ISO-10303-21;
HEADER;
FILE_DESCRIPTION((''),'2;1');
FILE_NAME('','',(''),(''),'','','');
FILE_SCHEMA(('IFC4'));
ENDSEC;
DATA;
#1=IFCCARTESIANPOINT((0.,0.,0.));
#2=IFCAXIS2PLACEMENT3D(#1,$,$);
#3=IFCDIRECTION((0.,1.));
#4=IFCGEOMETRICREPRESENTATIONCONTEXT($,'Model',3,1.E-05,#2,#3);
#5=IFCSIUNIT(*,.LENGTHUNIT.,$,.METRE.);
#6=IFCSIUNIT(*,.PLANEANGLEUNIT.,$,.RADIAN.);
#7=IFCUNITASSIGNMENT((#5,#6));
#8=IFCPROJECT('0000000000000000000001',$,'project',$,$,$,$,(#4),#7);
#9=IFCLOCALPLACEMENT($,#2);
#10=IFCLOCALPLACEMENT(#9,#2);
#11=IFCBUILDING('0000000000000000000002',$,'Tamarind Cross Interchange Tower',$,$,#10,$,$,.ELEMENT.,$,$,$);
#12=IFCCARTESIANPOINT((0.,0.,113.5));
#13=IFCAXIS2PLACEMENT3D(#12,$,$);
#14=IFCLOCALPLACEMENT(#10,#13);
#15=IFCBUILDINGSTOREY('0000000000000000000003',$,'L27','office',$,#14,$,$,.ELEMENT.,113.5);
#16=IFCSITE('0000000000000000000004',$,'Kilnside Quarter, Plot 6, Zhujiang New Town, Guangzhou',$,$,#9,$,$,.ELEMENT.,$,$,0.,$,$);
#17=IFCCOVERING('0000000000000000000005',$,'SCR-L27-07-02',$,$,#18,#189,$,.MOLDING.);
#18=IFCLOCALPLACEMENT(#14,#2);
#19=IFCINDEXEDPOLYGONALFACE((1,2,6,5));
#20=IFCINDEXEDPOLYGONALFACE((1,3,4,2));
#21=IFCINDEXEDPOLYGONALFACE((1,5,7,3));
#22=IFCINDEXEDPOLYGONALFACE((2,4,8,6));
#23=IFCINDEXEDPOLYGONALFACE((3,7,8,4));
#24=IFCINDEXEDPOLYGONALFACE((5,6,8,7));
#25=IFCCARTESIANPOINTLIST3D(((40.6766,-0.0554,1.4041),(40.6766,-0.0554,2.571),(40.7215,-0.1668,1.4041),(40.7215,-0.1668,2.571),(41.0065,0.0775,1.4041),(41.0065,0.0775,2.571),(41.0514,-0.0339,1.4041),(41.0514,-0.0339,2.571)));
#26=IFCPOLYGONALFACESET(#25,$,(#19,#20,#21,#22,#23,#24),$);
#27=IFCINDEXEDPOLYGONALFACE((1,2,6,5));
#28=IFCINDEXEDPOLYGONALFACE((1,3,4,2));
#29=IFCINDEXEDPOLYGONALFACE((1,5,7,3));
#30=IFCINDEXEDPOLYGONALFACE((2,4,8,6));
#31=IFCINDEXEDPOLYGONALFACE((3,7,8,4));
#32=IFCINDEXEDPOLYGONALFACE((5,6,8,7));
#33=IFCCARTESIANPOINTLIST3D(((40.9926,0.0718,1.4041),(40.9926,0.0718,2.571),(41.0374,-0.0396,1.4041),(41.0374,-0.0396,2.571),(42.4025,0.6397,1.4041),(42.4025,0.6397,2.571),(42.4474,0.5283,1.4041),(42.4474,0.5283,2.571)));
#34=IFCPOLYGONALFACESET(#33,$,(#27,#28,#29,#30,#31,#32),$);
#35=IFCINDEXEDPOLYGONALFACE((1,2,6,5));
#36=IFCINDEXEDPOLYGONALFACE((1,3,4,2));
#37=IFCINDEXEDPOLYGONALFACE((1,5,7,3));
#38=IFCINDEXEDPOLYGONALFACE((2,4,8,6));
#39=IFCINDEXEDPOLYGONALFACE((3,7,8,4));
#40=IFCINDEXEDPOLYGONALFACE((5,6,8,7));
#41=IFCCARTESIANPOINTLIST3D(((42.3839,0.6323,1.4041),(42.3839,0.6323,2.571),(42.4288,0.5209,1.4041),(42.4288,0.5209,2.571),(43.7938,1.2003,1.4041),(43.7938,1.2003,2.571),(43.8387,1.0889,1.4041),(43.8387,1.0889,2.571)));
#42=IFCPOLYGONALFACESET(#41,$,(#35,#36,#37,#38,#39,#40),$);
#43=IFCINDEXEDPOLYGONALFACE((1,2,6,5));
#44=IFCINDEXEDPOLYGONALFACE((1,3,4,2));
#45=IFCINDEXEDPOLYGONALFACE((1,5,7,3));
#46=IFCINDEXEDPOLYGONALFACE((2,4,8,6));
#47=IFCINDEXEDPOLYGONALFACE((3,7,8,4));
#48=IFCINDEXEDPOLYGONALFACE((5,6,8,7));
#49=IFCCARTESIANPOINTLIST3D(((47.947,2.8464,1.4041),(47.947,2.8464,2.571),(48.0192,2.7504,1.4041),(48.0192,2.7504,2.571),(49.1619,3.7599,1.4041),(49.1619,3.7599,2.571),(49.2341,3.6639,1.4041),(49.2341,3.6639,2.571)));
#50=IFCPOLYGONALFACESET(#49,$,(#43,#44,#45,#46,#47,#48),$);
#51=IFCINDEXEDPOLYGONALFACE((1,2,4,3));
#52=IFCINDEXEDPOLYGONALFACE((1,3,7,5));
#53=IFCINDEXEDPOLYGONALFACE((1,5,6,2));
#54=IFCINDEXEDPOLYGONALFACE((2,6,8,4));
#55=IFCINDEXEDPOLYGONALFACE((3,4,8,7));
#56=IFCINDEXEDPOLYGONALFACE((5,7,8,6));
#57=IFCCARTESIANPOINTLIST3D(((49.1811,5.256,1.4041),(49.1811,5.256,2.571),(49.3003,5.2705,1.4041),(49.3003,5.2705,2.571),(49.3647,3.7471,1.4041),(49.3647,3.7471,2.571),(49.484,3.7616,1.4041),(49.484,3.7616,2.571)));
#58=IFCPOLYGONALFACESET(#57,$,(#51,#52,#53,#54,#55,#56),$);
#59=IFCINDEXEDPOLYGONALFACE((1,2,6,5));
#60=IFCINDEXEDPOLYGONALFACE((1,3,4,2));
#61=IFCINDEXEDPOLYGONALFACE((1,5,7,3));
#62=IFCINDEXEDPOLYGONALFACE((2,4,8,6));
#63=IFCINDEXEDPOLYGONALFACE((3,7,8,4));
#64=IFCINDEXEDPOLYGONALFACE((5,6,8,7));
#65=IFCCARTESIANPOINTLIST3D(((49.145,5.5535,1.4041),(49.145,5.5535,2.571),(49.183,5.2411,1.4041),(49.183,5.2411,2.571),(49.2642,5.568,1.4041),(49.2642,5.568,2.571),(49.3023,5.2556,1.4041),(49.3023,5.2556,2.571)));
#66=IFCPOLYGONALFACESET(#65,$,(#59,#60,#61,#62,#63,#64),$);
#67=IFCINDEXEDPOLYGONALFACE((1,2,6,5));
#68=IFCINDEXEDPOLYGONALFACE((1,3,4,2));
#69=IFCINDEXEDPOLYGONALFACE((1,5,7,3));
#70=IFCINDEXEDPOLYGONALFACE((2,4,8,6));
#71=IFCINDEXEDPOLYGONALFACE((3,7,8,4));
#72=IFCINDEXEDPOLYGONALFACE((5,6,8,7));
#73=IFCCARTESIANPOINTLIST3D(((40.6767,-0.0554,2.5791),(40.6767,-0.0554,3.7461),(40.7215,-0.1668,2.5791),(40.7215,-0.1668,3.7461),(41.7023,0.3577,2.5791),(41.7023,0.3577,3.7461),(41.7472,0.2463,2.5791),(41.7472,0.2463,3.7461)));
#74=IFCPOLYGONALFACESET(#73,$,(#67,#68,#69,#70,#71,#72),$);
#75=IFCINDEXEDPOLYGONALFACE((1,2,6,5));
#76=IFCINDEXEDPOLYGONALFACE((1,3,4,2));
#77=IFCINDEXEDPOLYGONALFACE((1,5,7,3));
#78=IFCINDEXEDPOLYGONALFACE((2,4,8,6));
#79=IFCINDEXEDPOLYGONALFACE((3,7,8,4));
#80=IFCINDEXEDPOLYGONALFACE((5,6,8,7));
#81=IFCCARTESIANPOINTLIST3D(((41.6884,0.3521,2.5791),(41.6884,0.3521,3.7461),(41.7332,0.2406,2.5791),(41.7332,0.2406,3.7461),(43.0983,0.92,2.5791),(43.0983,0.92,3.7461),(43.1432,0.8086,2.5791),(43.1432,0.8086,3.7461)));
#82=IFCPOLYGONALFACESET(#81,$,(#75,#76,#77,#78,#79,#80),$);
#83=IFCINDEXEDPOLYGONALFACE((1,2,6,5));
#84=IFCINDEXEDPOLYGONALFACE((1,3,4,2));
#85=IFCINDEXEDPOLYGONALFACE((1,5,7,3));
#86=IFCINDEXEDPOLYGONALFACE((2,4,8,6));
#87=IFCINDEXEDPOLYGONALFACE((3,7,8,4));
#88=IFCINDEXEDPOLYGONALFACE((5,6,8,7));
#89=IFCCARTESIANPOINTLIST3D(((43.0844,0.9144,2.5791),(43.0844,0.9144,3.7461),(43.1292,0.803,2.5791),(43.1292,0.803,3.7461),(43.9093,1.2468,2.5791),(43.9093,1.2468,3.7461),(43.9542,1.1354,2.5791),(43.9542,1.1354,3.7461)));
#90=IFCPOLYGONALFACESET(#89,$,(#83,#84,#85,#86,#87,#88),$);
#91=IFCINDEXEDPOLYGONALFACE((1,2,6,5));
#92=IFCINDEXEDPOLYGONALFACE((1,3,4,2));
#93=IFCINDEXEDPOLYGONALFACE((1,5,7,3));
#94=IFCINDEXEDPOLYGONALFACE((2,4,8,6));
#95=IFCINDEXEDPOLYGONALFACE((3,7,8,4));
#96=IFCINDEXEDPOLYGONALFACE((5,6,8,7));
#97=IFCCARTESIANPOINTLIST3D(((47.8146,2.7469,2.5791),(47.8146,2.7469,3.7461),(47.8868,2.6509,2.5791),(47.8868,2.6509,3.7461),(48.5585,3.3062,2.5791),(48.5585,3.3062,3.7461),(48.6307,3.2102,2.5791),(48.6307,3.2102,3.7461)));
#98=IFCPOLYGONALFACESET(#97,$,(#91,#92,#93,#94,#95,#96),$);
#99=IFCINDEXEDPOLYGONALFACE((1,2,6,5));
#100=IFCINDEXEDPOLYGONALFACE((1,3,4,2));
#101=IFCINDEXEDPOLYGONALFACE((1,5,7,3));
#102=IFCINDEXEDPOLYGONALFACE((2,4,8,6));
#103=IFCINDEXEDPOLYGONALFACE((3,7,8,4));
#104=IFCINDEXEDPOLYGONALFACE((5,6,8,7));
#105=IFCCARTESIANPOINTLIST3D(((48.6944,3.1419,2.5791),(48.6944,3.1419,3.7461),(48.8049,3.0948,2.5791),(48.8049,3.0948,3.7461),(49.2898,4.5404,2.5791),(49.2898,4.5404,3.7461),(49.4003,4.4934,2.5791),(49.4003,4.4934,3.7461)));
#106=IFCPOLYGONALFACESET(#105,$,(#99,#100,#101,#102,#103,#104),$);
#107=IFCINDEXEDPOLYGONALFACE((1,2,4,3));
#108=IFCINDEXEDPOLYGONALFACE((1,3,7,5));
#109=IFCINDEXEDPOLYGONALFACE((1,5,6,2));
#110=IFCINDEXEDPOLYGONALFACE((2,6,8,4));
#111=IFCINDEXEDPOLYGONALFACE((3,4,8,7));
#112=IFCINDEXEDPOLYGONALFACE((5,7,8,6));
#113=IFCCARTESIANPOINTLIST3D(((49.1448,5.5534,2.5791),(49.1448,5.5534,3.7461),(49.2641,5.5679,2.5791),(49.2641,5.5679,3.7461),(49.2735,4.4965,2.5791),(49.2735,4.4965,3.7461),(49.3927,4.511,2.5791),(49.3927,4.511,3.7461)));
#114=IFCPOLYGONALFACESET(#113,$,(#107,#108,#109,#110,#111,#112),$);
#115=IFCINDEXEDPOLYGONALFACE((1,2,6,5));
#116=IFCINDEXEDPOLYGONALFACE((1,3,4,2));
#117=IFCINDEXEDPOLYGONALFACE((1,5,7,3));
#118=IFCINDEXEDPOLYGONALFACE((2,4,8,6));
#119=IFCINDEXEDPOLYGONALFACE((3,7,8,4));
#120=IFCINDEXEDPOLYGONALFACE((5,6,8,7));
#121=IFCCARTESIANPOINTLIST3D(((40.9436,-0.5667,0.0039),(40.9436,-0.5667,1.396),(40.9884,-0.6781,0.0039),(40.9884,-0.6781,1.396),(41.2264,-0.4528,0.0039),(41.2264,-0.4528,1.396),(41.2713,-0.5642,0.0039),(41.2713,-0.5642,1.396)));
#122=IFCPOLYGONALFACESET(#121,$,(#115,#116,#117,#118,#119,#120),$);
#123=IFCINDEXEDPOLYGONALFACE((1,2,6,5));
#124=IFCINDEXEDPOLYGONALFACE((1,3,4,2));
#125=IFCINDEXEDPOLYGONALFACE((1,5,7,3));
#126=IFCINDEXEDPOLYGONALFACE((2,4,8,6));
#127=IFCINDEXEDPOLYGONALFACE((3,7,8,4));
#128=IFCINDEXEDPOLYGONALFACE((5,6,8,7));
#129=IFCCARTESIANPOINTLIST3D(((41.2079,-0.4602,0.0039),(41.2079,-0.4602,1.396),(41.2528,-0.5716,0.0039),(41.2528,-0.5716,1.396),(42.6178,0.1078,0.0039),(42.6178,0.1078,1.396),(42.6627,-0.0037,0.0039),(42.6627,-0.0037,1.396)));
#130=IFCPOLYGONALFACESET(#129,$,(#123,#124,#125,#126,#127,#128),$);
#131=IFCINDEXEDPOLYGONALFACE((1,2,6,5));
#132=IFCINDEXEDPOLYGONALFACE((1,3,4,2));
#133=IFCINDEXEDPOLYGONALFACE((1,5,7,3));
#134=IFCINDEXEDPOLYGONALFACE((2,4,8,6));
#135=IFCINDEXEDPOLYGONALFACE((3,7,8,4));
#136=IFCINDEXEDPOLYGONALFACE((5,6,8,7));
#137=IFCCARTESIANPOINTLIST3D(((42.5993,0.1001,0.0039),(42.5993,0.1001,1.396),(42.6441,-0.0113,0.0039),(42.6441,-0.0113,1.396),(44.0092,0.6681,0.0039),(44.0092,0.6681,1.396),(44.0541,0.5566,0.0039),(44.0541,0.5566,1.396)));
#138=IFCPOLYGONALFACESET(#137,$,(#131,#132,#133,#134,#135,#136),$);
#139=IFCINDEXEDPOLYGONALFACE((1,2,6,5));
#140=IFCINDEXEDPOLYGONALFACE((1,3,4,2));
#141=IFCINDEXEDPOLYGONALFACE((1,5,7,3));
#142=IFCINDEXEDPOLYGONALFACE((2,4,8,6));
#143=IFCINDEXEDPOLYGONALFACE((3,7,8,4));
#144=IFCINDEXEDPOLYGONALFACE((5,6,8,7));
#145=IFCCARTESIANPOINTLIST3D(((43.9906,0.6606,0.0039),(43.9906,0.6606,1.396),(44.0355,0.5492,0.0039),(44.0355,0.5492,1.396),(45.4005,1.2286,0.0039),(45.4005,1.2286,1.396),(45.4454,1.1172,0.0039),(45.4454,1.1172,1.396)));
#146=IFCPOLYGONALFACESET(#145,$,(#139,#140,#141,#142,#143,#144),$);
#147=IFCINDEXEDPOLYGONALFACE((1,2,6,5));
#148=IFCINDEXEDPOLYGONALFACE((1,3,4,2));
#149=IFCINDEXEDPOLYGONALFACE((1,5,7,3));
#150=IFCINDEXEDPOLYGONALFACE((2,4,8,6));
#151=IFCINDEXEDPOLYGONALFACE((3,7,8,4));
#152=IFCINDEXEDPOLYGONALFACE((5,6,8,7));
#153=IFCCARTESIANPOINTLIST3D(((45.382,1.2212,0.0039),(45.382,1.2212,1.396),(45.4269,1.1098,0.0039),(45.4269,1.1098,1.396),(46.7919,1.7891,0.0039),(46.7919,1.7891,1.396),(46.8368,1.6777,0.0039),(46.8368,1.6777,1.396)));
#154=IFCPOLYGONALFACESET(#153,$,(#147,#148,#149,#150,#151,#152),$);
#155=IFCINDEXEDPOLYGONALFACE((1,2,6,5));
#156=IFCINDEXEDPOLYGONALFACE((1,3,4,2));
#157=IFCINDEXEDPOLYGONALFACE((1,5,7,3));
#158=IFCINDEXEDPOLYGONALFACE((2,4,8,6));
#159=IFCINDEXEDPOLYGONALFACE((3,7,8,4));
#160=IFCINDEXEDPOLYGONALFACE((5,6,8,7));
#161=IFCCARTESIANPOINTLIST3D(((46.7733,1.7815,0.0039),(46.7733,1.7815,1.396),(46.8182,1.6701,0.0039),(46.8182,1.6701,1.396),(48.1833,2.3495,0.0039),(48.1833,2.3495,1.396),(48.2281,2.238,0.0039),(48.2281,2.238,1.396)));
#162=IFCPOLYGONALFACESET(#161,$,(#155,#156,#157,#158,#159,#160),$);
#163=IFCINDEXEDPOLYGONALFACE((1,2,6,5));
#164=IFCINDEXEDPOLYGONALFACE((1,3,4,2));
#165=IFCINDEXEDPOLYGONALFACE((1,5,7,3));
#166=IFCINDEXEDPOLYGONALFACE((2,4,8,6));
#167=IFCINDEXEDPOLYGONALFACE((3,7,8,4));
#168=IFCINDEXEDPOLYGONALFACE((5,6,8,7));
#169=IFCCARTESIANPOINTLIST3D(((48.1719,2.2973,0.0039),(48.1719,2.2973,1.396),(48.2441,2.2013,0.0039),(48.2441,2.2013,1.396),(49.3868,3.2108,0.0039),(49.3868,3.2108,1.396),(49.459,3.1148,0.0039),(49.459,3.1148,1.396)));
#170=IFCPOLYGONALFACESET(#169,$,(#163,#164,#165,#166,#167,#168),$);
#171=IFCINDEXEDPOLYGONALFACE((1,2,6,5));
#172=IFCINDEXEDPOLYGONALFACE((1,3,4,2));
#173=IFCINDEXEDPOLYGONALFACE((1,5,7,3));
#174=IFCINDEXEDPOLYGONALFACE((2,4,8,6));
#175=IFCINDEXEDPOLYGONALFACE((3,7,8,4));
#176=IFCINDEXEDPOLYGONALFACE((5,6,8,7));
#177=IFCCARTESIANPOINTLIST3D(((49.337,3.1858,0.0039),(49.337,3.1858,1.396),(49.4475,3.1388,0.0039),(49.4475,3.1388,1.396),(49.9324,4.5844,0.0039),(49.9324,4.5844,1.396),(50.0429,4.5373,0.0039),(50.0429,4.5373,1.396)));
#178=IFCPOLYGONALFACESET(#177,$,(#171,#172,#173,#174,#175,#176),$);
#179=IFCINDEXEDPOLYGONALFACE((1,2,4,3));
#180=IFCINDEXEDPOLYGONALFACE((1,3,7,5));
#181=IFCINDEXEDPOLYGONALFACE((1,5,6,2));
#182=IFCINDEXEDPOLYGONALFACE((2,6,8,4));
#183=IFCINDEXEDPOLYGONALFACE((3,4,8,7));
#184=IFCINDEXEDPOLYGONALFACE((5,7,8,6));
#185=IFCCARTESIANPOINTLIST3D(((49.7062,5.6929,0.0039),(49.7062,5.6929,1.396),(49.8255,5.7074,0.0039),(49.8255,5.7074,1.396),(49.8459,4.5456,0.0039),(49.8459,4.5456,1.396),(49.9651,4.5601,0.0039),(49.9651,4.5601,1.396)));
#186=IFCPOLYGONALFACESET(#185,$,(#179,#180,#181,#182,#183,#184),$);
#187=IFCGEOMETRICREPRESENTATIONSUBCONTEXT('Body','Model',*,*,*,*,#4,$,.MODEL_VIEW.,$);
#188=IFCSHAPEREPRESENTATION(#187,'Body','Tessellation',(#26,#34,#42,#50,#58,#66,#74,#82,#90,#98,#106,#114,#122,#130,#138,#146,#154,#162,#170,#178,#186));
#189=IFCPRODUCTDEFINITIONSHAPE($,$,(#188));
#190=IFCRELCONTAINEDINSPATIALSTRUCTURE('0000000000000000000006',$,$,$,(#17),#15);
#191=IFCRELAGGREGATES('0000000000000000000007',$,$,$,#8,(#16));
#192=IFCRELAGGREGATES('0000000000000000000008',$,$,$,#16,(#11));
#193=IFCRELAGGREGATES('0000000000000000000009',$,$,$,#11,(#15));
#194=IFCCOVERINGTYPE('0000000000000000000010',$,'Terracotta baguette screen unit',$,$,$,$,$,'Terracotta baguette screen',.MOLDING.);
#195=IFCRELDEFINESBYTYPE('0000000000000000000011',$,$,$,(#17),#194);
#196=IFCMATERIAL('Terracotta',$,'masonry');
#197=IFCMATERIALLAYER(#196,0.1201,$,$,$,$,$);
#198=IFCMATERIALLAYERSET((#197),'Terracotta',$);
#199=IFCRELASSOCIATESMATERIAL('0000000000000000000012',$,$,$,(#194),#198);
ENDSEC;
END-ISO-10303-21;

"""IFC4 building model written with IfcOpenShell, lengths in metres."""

from ifc_helpers import new_model, si_unit, direction, frame, origin, origin_2d, place, context, subcontext, project, spatial, rectangle, extrude, material, layer, layer_set, type_object, element, save


model = new_model("IFC4")

# Units and contexts
model_context = context("Model", 3, precision=1e-05, world=origin(), true_north=direction((0.0, 1.0)))
body_context = subcontext(model_context, "Body", "Model", "MODEL_VIEW")
ifc_project = project(units=[si_unit("LENGTHUNIT", "METRE"), si_unit("PLANEANGLEUNIT", "RADIAN")], contexts=[model_context])

# Site, building, storey
site_placement = place(None, origin())
site = spatial("IfcSite", under=ifc_project, at=site_placement, Name="Kilnside Quarter, Plot 6, Zhujiang New Town, Guangzhou", CompositionType="ELEMENT", RefElevation=0.0)
building_placement = place(site_placement, origin())
building = spatial("IfcBuilding", under=site, at=building_placement, Name="Tamarind Cross Interchange Tower", CompositionType="ELEMENT")
storey_placement = place(building_placement, frame((0.0, 0.0, 113.5)))
storey = spatial("IfcBuildingStorey", under=building, at=storey_placement, Name="L27", Description="office", CompositionType="ELEMENT", Elevation=113.5)

# Covering
ifc_material_1 = material(Name="Terracotta", Category="masonry")
ifc_layer_1 = layer(ifc_material_1, 0.1201)
ifc_layer_set_1 = layer_set([ifc_layer_1], Name="Terracotta")
covering_type = type_object("IfcCoveringType", Name="Terracotta baguette screen unit", ElementType="Terracotta baguette screen", PredefinedType="MOLDING", material=ifc_layer_set_1)
covering_1_placement = place(storey_placement, origin())
element("IfcCovering", 1, at=covering_1_placement, inside=storey, type_object=covering_type, Name="SCR-L27-07-02", PredefinedType="MOLDING", context=body_context, shape_type="SweptSolid", body=[
    extrude(rectangle(XDim=0.3557, YDim=0.1201, at=origin_2d()), frame((40.864, -0.0447, 1.4041), z_axis=(0.0, 0.0, 1.0), x_axis=(0.92757, 0.373648, 0.0)), (0.0, 0.0, 1.0), 1.167),
    extrude(rectangle(XDim=1.52, YDim=0.1201, at=origin_2d()), frame((41.72, 0.3, 1.4041), z_axis=(0.0, 0.0, 1.0), x_axis=(0.92757, 0.373648, 0.0)), (0.0, 0.0, 1.0), 1.167),
    extrude(rectangle(XDim=1.52, YDim=0.1201, at=origin_2d()), frame((43.1113, 0.8606, 1.4041), z_axis=(0.0, 0.0, 1.0), x_axis=(0.92757, 0.373648, 0.0)), (0.0, 0.0, 1.0), 1.167),
    extrude(rectangle(XDim=1.52, YDim=0.1201, at=origin_2d()), frame((48.5906, 3.2551, 1.4041), z_axis=(0.0, 0.0, 1.0), x_axis=(0.799257, 0.60099, 0.0)), (0.0, 0.0, 1.0), 1.167),
    extrude(rectangle(XDim=1.52, YDim=0.1201, at=origin_2d()), frame((49.3325, 4.5088, 1.4041), z_axis=(0.0, 0.0, 1.0), x_axis=(-0.120844, 0.992672, 0.0)), (0.0, 0.0, 1.0), 1.167),
    extrude(rectangle(XDim=0.3147, YDim=0.1201, at=origin_2d()), frame((49.2236, 5.4045, 1.4041), z_axis=(0.0, 0.0, 1.0), x_axis=(-0.120844, 0.992672, 0.0)), (0.0, 0.0, 1.0), 1.167),
    extrude(rectangle(XDim=1.1057, YDim=0.1201, at=origin_2d()), frame((41.2119, 0.0955, 2.5791), z_axis=(0.0, 0.0, 1.0), x_axis=(0.92757, 0.373648, 0.0)), (0.0, 0.0, 1.0), 1.167),
    extrude(rectangle(XDim=1.52, YDim=0.1201, at=origin_2d()), frame((42.4158, 0.5803, 2.5791), z_axis=(0.0, 0.0, 1.0), x_axis=(0.92757, 0.373648, 0.0)), (0.0, 0.0, 1.0), 1.167),
    extrude(rectangle(XDim=0.8894, YDim=0.1201, at=origin_2d()), frame((43.5193, 1.0249, 2.5791), z_axis=(0.0, 0.0, 1.0), x_axis=(0.92757, 0.373648, 0.0)), (0.0, 0.0, 1.0), 1.167),
    extrude(rectangle(XDim=0.9307, YDim=0.1201, at=origin_2d()), frame((48.2227, 2.9785, 2.5791), z_axis=(0.0, 0.0, 1.0), x_axis=(0.799257, 0.60099, 0.0)), (0.0, 0.0, 1.0), 1.167),
    extrude(rectangle(XDim=1.52, YDim=0.1201, at=origin_2d()), frame((49.0474, 3.8176, 2.5791), z_axis=(0.0, 0.0, 1.0), x_axis=(0.391682, 0.920101, 0.0)), (0.0, 0.0, 1.0), 1.167),
    extrude(rectangle(XDim=1.0647, YDim=0.1201, at=origin_2d()), frame((49.2688, 5.0322, 2.5791), z_axis=(0.0, 0.0, 1.0), x_axis=(-0.120844, 0.992672, 0.0)), (0.0, 0.0, 1.0), 1.167),
    extrude(rectangle(XDim=0.3049, YDim=0.1201, at=origin_2d()), frame((41.1074, -0.5654, 0.0039), z_axis=(0.0, 0.0, 1.0), x_axis=(0.92757, 0.373648, 0.0)), (0.0, 0.0, 1.0), 1.3921),
    extrude(rectangle(XDim=1.52, YDim=0.1201, at=origin_2d()), frame((41.9353, -0.2319, 0.0039), z_axis=(0.0, 0.0, 1.0), x_axis=(0.92757, 0.373648, 0.0)), (0.0, 0.0, 1.0), 1.3921),
    extrude(rectangle(XDim=1.52, YDim=0.1201, at=origin_2d()), frame((43.3267, 0.3284, 0.0039), z_axis=(0.0, 0.0, 1.0), x_axis=(0.92757, 0.373648, 0.0)), (0.0, 0.0, 1.0), 1.3921),
    extrude(rectangle(XDim=1.52, YDim=0.1201, at=origin_2d()), frame((44.718, 0.8889, 0.0039), z_axis=(0.0, 0.0, 1.0), x_axis=(0.92757, 0.373648, 0.0)), (0.0, 0.0, 1.0), 1.3921),
    extrude(rectangle(XDim=1.52, YDim=0.1201, at=origin_2d()), frame((46.1094, 1.4495, 0.0039), z_axis=(0.0, 0.0, 1.0), x_axis=(0.92757, 0.373648, 0.0)), (0.0, 0.0, 1.0), 1.3921),
    extrude(rectangle(XDim=1.52, YDim=0.1201, at=origin_2d()), frame((47.5007, 2.0098, 0.0039), z_axis=(0.0, 0.0, 1.0), x_axis=(0.92757, 0.373648, 0.0)), (0.0, 0.0, 1.0), 1.3921),
    extrude(rectangle(XDim=1.52, YDim=0.1201, at=origin_2d()), frame((48.8154, 2.7061, 0.0039), z_axis=(0.0, 0.0, 1.0), x_axis=(0.799257, 0.60099, 0.0)), (0.0, 0.0, 1.0), 1.3921),
    extrude(rectangle(XDim=1.52, YDim=0.1201, at=origin_2d()), frame((49.6899, 3.8616, 0.0039), z_axis=(0.0, 0.0, 1.0), x_axis=(0.391682, 0.920101, 0.0)), (0.0, 0.0, 1.0), 1.3921),
    extrude(rectangle(XDim=1.1558, YDim=0.1201, at=origin_2d()), frame((49.8357, 5.1265, 0.0039), z_axis=(0.0, 0.0, 1.0), x_axis=(-0.120844, 0.992672, 0.0)), (0.0, 0.0, 1.0), 1.3921),
])

save(model, "model.ifc")
